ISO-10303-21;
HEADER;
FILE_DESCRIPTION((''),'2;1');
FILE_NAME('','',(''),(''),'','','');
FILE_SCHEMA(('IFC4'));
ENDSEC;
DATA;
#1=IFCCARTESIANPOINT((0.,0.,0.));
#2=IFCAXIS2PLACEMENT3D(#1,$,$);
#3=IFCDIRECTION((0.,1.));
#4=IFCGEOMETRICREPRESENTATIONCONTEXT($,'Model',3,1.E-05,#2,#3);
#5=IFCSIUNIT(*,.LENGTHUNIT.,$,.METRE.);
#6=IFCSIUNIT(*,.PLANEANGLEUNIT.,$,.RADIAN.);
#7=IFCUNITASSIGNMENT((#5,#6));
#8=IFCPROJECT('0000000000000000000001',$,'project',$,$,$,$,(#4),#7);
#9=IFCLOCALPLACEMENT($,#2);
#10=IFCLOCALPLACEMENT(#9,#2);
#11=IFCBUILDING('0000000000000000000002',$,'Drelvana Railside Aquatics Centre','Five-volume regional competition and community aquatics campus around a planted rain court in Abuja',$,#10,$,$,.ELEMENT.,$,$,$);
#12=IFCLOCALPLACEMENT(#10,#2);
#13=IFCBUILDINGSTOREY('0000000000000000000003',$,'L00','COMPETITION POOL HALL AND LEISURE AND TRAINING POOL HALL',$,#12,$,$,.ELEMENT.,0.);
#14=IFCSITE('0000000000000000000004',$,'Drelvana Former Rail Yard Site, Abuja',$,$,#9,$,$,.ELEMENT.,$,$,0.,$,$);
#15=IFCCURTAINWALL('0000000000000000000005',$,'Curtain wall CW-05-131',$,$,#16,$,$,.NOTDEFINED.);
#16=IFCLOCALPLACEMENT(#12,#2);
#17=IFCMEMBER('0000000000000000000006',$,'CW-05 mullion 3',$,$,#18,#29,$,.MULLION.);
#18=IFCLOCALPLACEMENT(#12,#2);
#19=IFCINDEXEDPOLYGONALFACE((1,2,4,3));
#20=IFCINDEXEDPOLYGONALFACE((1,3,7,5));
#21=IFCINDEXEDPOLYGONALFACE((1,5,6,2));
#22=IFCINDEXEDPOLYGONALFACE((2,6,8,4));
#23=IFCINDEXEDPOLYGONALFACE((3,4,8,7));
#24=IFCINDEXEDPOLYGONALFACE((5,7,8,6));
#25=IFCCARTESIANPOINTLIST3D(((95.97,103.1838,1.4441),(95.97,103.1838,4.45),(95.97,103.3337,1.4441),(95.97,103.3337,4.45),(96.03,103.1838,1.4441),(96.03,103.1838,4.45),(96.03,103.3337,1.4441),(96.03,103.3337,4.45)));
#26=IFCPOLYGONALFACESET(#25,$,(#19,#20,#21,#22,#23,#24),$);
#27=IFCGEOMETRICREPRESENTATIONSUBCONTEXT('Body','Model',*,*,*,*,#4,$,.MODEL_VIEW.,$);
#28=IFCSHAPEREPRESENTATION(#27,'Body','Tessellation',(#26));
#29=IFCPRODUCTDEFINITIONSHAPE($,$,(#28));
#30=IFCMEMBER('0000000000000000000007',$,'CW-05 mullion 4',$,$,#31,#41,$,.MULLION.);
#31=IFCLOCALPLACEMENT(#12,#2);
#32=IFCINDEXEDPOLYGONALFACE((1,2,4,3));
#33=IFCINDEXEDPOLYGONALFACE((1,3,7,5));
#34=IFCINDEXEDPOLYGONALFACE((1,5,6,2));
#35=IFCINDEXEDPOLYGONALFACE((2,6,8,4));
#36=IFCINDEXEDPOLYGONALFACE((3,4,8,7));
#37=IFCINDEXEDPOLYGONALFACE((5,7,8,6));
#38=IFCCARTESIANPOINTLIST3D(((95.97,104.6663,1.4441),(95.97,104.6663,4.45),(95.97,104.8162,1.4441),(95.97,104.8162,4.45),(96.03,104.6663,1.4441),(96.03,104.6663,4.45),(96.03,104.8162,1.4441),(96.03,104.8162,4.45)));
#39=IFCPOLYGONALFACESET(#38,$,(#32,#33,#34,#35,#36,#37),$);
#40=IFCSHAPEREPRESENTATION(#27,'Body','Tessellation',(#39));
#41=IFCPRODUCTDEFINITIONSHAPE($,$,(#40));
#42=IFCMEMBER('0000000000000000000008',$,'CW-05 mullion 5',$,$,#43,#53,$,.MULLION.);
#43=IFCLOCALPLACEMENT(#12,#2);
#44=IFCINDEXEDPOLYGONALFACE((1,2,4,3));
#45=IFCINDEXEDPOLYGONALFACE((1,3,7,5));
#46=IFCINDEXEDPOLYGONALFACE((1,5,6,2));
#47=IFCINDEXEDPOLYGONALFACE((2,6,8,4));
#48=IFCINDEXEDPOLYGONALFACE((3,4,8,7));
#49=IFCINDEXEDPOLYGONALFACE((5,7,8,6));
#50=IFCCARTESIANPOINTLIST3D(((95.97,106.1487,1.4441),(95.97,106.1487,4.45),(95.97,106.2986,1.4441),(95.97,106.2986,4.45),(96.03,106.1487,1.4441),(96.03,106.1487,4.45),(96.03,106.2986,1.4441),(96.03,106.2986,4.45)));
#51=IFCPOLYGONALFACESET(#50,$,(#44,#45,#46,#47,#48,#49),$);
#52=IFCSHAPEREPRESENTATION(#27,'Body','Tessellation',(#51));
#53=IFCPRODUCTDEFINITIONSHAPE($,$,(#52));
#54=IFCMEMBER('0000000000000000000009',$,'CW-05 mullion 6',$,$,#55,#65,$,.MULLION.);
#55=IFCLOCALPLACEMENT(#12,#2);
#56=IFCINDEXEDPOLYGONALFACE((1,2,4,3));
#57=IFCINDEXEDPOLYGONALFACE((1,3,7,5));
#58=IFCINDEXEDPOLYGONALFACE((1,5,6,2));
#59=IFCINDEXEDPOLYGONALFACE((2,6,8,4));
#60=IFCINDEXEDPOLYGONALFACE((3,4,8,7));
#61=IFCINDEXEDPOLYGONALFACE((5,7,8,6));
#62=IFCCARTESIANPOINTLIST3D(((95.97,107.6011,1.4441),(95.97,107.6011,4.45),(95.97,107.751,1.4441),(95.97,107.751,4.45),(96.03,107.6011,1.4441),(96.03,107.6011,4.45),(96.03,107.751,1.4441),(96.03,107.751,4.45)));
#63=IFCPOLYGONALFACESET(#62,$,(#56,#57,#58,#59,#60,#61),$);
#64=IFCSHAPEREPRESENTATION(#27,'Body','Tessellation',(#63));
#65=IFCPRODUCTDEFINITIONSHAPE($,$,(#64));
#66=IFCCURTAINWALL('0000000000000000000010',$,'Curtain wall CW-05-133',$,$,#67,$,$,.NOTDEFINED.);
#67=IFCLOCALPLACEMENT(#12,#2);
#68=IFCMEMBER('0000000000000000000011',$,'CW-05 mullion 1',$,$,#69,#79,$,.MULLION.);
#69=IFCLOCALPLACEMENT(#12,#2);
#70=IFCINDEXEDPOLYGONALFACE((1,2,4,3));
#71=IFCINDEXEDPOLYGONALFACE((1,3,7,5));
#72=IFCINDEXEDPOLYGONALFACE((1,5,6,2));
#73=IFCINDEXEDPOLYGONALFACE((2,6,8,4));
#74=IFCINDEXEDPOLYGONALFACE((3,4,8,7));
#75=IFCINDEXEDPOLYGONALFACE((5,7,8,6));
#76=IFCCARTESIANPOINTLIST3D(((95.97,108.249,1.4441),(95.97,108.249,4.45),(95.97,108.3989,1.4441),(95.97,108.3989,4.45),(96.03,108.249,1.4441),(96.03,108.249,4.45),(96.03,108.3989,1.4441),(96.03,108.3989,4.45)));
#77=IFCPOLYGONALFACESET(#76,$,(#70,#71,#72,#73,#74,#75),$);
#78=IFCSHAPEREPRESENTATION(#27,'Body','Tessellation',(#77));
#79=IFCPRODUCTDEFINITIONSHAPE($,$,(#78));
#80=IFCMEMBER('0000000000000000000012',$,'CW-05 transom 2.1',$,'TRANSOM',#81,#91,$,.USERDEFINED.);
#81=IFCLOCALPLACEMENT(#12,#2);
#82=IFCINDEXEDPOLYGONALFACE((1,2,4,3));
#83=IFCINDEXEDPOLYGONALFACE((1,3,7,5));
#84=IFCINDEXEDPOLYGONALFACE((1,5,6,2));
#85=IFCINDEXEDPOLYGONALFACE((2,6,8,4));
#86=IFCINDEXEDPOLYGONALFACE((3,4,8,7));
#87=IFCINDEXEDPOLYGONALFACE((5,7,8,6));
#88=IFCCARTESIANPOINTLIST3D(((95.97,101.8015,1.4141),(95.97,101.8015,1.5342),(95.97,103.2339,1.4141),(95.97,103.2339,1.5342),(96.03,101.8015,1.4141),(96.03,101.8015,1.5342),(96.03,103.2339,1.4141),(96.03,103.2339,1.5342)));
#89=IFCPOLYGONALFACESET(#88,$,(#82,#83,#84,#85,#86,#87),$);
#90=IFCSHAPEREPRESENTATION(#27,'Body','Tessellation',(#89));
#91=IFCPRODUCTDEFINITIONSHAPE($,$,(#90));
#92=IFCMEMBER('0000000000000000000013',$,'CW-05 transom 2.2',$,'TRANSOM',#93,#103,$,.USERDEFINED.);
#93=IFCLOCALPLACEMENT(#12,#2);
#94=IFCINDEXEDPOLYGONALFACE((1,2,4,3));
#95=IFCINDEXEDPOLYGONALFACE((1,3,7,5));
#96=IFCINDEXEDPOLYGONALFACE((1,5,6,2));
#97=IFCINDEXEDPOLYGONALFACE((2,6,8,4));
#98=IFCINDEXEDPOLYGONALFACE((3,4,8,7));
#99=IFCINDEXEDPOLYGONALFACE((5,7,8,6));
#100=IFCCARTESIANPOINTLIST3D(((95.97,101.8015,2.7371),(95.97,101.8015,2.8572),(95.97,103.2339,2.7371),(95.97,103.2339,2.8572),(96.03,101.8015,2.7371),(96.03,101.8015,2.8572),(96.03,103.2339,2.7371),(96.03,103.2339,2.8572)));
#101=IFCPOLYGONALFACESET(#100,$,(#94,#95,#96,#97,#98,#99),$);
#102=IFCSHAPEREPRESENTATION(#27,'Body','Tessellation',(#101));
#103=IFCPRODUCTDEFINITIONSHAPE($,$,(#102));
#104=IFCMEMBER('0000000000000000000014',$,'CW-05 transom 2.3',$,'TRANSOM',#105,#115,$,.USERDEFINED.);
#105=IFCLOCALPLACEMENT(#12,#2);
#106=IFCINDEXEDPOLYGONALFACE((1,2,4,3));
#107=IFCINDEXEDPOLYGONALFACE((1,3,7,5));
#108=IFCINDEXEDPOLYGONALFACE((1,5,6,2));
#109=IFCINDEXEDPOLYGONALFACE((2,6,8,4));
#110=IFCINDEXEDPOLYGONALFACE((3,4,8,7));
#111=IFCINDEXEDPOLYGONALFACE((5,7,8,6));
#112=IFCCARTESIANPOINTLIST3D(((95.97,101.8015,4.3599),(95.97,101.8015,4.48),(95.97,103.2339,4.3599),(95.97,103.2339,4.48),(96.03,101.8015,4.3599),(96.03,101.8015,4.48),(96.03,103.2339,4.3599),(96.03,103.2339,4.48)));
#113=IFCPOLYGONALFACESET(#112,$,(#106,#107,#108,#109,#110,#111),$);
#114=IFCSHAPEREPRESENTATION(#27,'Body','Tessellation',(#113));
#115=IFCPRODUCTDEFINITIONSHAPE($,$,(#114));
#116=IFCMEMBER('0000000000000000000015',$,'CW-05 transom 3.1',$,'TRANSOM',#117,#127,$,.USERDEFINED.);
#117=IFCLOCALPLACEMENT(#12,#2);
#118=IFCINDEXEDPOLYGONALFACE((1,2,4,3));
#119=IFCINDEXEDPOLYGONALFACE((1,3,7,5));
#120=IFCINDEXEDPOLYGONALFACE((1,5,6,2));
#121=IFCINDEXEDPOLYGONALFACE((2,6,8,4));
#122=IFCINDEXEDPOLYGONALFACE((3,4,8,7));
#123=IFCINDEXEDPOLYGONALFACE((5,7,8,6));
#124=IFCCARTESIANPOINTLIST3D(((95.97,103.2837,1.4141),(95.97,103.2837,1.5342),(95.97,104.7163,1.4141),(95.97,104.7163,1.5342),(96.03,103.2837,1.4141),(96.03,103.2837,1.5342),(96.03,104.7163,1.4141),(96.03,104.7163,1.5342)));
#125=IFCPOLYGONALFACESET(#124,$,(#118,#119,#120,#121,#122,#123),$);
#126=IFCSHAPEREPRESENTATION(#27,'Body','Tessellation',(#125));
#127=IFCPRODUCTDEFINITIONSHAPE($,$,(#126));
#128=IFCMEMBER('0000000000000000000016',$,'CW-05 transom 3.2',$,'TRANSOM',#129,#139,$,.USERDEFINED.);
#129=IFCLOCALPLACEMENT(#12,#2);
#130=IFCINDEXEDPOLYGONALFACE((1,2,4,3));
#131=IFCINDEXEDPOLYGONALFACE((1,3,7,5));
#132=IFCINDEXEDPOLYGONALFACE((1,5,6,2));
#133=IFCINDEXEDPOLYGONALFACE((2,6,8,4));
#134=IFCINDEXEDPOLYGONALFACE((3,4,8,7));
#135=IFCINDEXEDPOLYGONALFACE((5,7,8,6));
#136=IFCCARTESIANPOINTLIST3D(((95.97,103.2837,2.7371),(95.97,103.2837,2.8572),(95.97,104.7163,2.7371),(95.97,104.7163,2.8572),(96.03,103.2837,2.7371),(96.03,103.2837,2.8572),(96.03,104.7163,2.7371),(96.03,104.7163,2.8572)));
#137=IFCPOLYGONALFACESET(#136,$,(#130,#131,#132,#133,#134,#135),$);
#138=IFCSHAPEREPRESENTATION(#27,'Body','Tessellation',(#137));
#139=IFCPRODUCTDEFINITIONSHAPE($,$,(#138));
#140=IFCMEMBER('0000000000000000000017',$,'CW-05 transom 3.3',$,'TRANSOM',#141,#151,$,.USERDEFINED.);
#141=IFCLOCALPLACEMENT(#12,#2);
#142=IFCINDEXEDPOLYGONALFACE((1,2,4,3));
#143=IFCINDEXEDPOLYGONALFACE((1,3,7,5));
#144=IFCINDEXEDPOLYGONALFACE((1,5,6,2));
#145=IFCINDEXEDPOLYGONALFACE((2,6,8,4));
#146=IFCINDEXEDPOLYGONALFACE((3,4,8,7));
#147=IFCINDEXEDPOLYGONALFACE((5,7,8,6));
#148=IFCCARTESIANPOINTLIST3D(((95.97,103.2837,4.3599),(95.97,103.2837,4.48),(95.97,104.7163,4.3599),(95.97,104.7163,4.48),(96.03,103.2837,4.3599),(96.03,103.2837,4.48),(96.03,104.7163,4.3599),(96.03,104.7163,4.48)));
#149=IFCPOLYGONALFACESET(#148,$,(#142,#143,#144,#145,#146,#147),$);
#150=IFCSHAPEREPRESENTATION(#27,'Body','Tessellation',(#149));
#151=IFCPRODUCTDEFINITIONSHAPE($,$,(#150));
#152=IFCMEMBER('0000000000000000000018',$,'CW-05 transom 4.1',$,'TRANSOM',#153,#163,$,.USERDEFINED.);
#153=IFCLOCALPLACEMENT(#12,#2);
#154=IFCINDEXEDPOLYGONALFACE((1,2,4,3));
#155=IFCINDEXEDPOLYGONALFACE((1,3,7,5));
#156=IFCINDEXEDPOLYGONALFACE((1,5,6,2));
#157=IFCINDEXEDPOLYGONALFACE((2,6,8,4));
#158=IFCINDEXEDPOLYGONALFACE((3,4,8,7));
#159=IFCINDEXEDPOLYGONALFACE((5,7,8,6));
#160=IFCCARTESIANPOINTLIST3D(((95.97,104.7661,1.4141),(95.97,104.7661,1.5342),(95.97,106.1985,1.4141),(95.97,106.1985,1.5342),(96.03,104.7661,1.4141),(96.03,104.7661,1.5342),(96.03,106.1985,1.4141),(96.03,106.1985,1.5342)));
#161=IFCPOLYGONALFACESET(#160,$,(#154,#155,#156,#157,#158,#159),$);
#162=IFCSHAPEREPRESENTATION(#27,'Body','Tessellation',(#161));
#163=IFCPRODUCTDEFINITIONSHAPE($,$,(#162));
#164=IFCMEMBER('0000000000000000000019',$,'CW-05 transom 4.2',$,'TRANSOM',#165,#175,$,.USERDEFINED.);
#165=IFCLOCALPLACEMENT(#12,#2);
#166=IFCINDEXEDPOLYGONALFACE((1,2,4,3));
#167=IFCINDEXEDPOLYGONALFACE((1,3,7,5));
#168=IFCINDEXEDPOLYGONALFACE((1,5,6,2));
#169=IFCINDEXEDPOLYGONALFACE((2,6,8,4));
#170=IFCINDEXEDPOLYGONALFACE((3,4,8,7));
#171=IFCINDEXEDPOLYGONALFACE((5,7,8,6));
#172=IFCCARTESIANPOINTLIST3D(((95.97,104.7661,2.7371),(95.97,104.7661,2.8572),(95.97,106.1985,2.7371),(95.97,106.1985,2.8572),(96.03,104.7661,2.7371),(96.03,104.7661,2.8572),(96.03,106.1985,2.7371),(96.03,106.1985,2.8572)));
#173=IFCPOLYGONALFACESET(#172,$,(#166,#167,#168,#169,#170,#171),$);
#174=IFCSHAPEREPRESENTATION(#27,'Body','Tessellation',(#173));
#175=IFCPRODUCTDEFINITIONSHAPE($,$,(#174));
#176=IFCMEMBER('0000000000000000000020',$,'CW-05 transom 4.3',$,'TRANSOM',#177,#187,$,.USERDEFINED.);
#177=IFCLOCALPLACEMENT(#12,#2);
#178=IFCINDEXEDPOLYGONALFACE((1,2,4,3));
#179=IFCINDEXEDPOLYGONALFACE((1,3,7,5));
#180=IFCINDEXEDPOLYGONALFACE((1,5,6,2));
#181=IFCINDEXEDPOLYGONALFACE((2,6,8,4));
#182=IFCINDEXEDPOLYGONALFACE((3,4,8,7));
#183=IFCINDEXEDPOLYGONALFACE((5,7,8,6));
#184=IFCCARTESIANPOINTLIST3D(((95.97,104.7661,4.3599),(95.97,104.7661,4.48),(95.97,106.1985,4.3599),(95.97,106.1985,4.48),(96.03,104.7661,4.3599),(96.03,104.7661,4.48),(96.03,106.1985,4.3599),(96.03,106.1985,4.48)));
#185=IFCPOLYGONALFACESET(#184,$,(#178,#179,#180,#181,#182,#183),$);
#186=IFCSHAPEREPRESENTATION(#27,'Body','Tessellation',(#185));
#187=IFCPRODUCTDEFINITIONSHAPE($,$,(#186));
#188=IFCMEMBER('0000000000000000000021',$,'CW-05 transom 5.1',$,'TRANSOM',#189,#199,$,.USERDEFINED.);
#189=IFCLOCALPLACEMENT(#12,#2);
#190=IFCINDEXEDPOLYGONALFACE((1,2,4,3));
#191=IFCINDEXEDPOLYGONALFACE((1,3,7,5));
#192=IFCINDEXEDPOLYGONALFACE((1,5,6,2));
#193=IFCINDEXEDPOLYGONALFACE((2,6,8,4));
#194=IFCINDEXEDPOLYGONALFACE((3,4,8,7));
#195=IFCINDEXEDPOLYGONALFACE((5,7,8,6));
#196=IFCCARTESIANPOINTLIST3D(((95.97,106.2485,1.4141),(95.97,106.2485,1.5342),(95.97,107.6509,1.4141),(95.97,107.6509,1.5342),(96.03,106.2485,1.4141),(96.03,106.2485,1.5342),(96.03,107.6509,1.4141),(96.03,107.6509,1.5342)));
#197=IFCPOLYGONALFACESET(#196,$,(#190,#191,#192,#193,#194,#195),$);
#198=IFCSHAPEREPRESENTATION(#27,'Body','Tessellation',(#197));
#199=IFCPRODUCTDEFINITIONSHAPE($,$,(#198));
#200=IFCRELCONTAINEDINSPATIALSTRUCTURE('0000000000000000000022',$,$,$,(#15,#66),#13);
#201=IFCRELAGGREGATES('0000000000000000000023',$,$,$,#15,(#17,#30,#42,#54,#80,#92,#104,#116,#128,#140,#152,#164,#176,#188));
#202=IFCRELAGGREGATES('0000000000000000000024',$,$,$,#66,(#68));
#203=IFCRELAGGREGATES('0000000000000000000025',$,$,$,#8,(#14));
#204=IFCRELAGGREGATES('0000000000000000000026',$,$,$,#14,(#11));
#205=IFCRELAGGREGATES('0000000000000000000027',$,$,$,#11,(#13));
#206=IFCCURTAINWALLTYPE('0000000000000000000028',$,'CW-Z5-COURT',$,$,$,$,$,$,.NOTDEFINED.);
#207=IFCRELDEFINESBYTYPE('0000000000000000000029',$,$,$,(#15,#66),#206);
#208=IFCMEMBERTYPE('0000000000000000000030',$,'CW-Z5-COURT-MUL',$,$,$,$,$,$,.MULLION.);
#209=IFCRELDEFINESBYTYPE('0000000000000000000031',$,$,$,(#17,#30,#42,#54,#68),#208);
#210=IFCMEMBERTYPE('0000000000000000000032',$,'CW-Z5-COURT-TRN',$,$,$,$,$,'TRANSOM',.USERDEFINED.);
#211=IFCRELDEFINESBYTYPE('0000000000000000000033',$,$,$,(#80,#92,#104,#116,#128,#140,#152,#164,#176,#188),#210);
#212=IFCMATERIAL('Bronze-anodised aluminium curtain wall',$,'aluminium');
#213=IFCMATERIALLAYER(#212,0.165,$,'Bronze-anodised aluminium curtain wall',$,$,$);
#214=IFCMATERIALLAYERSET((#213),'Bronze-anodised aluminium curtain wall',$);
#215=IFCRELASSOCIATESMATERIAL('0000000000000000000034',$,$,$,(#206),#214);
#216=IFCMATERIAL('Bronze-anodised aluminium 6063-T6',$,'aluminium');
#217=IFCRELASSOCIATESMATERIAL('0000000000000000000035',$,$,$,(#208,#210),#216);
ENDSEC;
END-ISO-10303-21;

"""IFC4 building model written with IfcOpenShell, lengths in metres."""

from ifc_helpers import new_model, si_unit, direction, frame, origin, origin_2d, place, context, subcontext, project, spatial, rectangle, extrude, material, layer, layer_set, material_profile, profile_set, type_object, element, aggregate, save


model = new_model("IFC4")

# Units and contexts
model_context = context("Model", 3, precision=1e-05, world=origin(), true_north=direction((0.0, 1.0)))
body_context = subcontext(model_context, "Body", "Model", "MODEL_VIEW")
ifc_project = project(units=[si_unit("LENGTHUNIT", "METRE"), si_unit("PLANEANGLEUNIT", "RADIAN")], contexts=[model_context])

# Site, building, storey
site_placement = place(None, origin())
site = spatial("IfcSite", under=ifc_project, at=site_placement, Name="Drelvana Former Rail Yard Site, Abuja", CompositionType="ELEMENT", RefElevation=0.0)
building_placement = place(site_placement, origin())
building = spatial("IfcBuilding", under=site, at=building_placement, Name="Drelvana Railside Aquatics Centre", Description="Five-volume regional competition and community aquatics campus around a planted rain court in Abuja", CompositionType="ELEMENT")
storey_placement = place(building_placement, origin())
storey = spatial("IfcBuildingStorey", under=building, at=storey_placement, Name="L00", Description="COMPETITION POOL HALL AND LEISURE AND TRAINING POOL HALL", CompositionType="ELEMENT", Elevation=0.0)

# Curtain wall, members
ifc_material_1 = material(Name="Bronze-anodised aluminium curtain wall", Category="aluminium")
ifc_layer_1 = layer(ifc_material_1, 0.165, Name="Bronze-anodised aluminium curtain wall")
ifc_layer_set_1 = layer_set([ifc_layer_1], Name="Bronze-anodised aluminium curtain wall")
curtain_wall_type = type_object("IfcCurtainWallType", Name="CW-Z5-COURT", PredefinedType="NOTDEFINED", material=ifc_layer_set_1)
curtain_wall_1_placement = place(storey_placement, origin())
curtain_wall_1 = element("IfcCurtainWall", 1, at=curtain_wall_1_placement, inside=storey, type_object=curtain_wall_type, Name="Curtain wall CW-05-131", PredefinedType="NOTDEFINED")
ifc_material_2 = material(Name="Bronze-anodised aluminium 6063-T6", Category="aluminium")
ifc_material_profile_1 = material_profile(ifc_material_2, rectangle(XDim=0.0601, YDim=0.1499, at=origin_2d()), Name="ALU-M 60x150")
ifc_profile_set_1 = profile_set([ifc_material_profile_1], Name="Bronze-anodised aluminium 6063-T6")
member_type_1 = type_object("IfcMemberType", Name="CW-Z5-COURT-MUL", PredefinedType="MULLION", material=ifc_profile_set_1)
member_1_placement = place(storey_placement, frame((96.0, 103.2588, 1.4441), z_axis=(0.0, 0.0, 1.0), x_axis=(-1.0, 0.0, 0.0)))
member_1 = element("IfcMember", 2, at=member_1_placement, type_object=member_type_1, Name="CW-05 mullion 3", PredefinedType="MULLION", context=body_context, shape_type="SweptSolid", body=[
    extrude(rectangle(XDim=0.0601, YDim=0.1499, at=origin_2d()), origin(), (0.0, 0.0, 1.0), 3.0059),
])
member_2_placement = place(storey_placement, frame((96.0, 104.7412, 1.4441), z_axis=(0.0, 0.0, 1.0), x_axis=(-1.0, 0.0, 0.0)))
member_2 = element("IfcMember", 3, at=member_2_placement, type_object=member_type_1, Name="CW-05 mullion 4", PredefinedType="MULLION", context=body_context, shape_type="SweptSolid", body=[
    extrude(rectangle(XDim=0.0601, YDim=0.1499, at=origin_2d()), origin(), (0.0, 0.0, 1.0), 3.0059),
])
member_3_placement = place(storey_placement, frame((96.0, 106.2236, 1.4441), z_axis=(0.0, 0.0, 1.0), x_axis=(-1.0, 0.0, 0.0)))
member_3 = element("IfcMember", 4, at=member_3_placement, type_object=member_type_1, Name="CW-05 mullion 5", PredefinedType="MULLION", context=body_context, shape_type="SweptSolid", body=[
    extrude(rectangle(XDim=0.0601, YDim=0.1499, at=origin_2d()), origin(), (0.0, 0.0, 1.0), 3.0059),
])
member_4_placement = place(storey_placement, frame((96.0, 107.676, 1.4441), z_axis=(0.0, 0.0, 1.0), x_axis=(-1.0, 0.0, 0.0)))
member_4 = element("IfcMember", 5, at=member_4_placement, type_object=member_type_1, Name="CW-05 mullion 6", PredefinedType="MULLION", context=body_context, shape_type="SweptSolid", body=[
    extrude(rectangle(XDim=0.0601, YDim=0.1499, at=origin_2d()), origin(), (0.0, 0.0, 1.0), 3.0059),
])

# Curtain wall, member
curtain_wall_2_placement = place(storey_placement, origin())
curtain_wall_2 = element("IfcCurtainWall", 6, at=curtain_wall_2_placement, inside=storey, type_object=curtain_wall_type, Name="Curtain wall CW-05-133", PredefinedType="NOTDEFINED")
member_5_placement = place(storey_placement, frame((96.0, 108.324, 1.4441), z_axis=(0.0, 0.0, 1.0), x_axis=(-1.0, 0.0, 0.0)))
member_5 = element("IfcMember", 7, at=member_5_placement, type_object=member_type_1, Name="CW-05 mullion 1", PredefinedType="MULLION", context=body_context, shape_type="SweptSolid", body=[
    extrude(rectangle(XDim=0.0601, YDim=0.1499, at=origin_2d()), origin(), (0.0, 0.0, 1.0), 3.0059),
])

# Members
ifc_material_profile_2 = material_profile(ifc_material_2, rectangle(XDim=0.1201, YDim=0.0601, at=origin_2d()), Name="ALU-T 60x120")
ifc_profile_set_2 = profile_set([ifc_material_profile_2], Name="Bronze-anodised aluminium 6063-T6")
member_type_2 = type_object("IfcMemberType", Name="CW-Z5-COURT-TRN", ElementType="TRANSOM", PredefinedType="USERDEFINED", material=ifc_profile_set_2)
member_6_placement = place(storey_placement, frame((96.0, 101.8015, 1.4741), z_axis=(0.0, 1.0, 0.0), x_axis=(0.0, 0.0, 1.0)))
member_6 = element("IfcMember", 8, at=member_6_placement, type_object=member_type_2, Name="CW-05 transom 2.1", ObjectType="TRANSOM", PredefinedType="USERDEFINED", context=body_context, shape_type="SweptSolid", body=[
    extrude(rectangle(XDim=0.1201, YDim=0.0601, at=origin_2d()), origin(), (0.0, 0.0, 1.0), 1.4324),
])
member_7_placement = place(storey_placement, frame((96.0, 101.8015, 2.7971), z_axis=(0.0, 1.0, 0.0), x_axis=(0.0, 0.0, 1.0)))
member_7 = element("IfcMember", 9, at=member_7_placement, type_object=member_type_2, Name="CW-05 transom 2.2", ObjectType="TRANSOM", PredefinedType="USERDEFINED", context=body_context, shape_type="SweptSolid", body=[
    extrude(rectangle(XDim=0.1201, YDim=0.0601, at=origin_2d()), origin(), (0.0, 0.0, 1.0), 1.4324),
])
member_8_placement = place(storey_placement, frame((96.0, 101.8015, 4.4199), z_axis=(0.0, 1.0, 0.0), x_axis=(0.0, 0.0, 1.0)))
member_8 = element("IfcMember", 10, at=member_8_placement, type_object=member_type_2, Name="CW-05 transom 2.3", ObjectType="TRANSOM", PredefinedType="USERDEFINED", context=body_context, shape_type="SweptSolid", body=[
    extrude(rectangle(XDim=0.1201, YDim=0.0601, at=origin_2d()), origin(), (0.0, 0.0, 1.0), 1.4324),
])
member_9_placement = place(storey_placement, frame((96.0, 103.2837, 1.4741), z_axis=(0.0, 1.0, 0.0), x_axis=(0.0, 0.0, 1.0)))
member_9 = element("IfcMember", 11, at=member_9_placement, type_object=member_type_2, Name="CW-05 transom 3.1", ObjectType="TRANSOM", PredefinedType="USERDEFINED", context=body_context, shape_type="SweptSolid", body=[
    extrude(rectangle(XDim=0.1201, YDim=0.0601, at=origin_2d()), origin(), (0.0, 0.0, 1.0), 1.4326),
])
member_10_placement = place(storey_placement, frame((96.0, 103.2837, 2.7971), z_axis=(0.0, 1.0, 0.0), x_axis=(0.0, 0.0, 1.0)))
member_10 = element("IfcMember", 12, at=member_10_placement, type_object=member_type_2, Name="CW-05 transom 3.2", ObjectType="TRANSOM", PredefinedType="USERDEFINED", context=body_context, shape_type="SweptSolid", body=[
    extrude(rectangle(XDim=0.1201, YDim=0.0601, at=origin_2d()), origin(), (0.0, 0.0, 1.0), 1.4326),
])
member_11_placement = place(storey_placement, frame((96.0, 103.2837, 4.4199), z_axis=(0.0, 1.0, 0.0), x_axis=(0.0, 0.0, 1.0)))
member_11 = element("IfcMember", 13, at=member_11_placement, type_object=member_type_2, Name="CW-05 transom 3.3", ObjectType="TRANSOM", PredefinedType="USERDEFINED", context=body_context, shape_type="SweptSolid", body=[
    extrude(rectangle(XDim=0.1201, YDim=0.0601, at=origin_2d()), origin(), (0.0, 0.0, 1.0), 1.4326),
])
member_12_placement = place(storey_placement, frame((96.0, 104.7661, 1.4741), z_axis=(0.0, 1.0, 0.0), x_axis=(0.0, 0.0, 1.0)))
member_12 = element("IfcMember", 14, at=member_12_placement, type_object=member_type_2, Name="CW-05 transom 4.1", ObjectType="TRANSOM", PredefinedType="USERDEFINED", context=body_context, shape_type="SweptSolid", body=[
    extrude(rectangle(XDim=0.1201, YDim=0.0601, at=origin_2d()), origin(), (0.0, 0.0, 1.0), 1.4324),
])
member_13_placement = place(storey_placement, frame((96.0, 104.7661, 2.7971), z_axis=(0.0, 1.0, 0.0), x_axis=(0.0, 0.0, 1.0)))
member_13 = element("IfcMember", 15, at=member_13_placement, type_object=member_type_2, Name="CW-05 transom 4.2", ObjectType="TRANSOM", PredefinedType="USERDEFINED", context=body_context, shape_type="SweptSolid", body=[
    extrude(rectangle(XDim=0.1201, YDim=0.0601, at=origin_2d()), origin(), (0.0, 0.0, 1.0), 1.4324),
])
member_14_placement = place(storey_placement, frame((96.0, 104.7661, 4.4199), z_axis=(0.0, 1.0, 0.0), x_axis=(0.0, 0.0, 1.0)))
member_14 = element("IfcMember", 16, at=member_14_placement, type_object=member_type_2, Name="CW-05 transom 4.3", ObjectType="TRANSOM", PredefinedType="USERDEFINED", context=body_context, shape_type="SweptSolid", body=[
    extrude(rectangle(XDim=0.1201, YDim=0.0601, at=origin_2d()), origin(), (0.0, 0.0, 1.0), 1.4324),
])
member_15_placement = place(storey_placement, frame((96.0, 106.2485, 1.4741), z_axis=(0.0, 1.0, 0.0), x_axis=(0.0, 0.0, 1.0)))
member_15 = element("IfcMember", 17, at=member_15_placement, type_object=member_type_2, Name="CW-05 transom 5.1", ObjectType="TRANSOM", PredefinedType="USERDEFINED", context=body_context, shape_type="SweptSolid", body=[
    extrude(rectangle(XDim=0.1201, YDim=0.0601, at=origin_2d()), origin(), (0.0, 0.0, 1.0), 1.4023),
])

aggregate(curtain_wall_1, [member_1, member_2, member_3, member_4, member_6, member_7, member_8, member_9, member_10, member_11, member_12, member_13, member_14, member_15])
aggregate(curtain_wall_2, [member_5])

save(model, "model.ifc")
